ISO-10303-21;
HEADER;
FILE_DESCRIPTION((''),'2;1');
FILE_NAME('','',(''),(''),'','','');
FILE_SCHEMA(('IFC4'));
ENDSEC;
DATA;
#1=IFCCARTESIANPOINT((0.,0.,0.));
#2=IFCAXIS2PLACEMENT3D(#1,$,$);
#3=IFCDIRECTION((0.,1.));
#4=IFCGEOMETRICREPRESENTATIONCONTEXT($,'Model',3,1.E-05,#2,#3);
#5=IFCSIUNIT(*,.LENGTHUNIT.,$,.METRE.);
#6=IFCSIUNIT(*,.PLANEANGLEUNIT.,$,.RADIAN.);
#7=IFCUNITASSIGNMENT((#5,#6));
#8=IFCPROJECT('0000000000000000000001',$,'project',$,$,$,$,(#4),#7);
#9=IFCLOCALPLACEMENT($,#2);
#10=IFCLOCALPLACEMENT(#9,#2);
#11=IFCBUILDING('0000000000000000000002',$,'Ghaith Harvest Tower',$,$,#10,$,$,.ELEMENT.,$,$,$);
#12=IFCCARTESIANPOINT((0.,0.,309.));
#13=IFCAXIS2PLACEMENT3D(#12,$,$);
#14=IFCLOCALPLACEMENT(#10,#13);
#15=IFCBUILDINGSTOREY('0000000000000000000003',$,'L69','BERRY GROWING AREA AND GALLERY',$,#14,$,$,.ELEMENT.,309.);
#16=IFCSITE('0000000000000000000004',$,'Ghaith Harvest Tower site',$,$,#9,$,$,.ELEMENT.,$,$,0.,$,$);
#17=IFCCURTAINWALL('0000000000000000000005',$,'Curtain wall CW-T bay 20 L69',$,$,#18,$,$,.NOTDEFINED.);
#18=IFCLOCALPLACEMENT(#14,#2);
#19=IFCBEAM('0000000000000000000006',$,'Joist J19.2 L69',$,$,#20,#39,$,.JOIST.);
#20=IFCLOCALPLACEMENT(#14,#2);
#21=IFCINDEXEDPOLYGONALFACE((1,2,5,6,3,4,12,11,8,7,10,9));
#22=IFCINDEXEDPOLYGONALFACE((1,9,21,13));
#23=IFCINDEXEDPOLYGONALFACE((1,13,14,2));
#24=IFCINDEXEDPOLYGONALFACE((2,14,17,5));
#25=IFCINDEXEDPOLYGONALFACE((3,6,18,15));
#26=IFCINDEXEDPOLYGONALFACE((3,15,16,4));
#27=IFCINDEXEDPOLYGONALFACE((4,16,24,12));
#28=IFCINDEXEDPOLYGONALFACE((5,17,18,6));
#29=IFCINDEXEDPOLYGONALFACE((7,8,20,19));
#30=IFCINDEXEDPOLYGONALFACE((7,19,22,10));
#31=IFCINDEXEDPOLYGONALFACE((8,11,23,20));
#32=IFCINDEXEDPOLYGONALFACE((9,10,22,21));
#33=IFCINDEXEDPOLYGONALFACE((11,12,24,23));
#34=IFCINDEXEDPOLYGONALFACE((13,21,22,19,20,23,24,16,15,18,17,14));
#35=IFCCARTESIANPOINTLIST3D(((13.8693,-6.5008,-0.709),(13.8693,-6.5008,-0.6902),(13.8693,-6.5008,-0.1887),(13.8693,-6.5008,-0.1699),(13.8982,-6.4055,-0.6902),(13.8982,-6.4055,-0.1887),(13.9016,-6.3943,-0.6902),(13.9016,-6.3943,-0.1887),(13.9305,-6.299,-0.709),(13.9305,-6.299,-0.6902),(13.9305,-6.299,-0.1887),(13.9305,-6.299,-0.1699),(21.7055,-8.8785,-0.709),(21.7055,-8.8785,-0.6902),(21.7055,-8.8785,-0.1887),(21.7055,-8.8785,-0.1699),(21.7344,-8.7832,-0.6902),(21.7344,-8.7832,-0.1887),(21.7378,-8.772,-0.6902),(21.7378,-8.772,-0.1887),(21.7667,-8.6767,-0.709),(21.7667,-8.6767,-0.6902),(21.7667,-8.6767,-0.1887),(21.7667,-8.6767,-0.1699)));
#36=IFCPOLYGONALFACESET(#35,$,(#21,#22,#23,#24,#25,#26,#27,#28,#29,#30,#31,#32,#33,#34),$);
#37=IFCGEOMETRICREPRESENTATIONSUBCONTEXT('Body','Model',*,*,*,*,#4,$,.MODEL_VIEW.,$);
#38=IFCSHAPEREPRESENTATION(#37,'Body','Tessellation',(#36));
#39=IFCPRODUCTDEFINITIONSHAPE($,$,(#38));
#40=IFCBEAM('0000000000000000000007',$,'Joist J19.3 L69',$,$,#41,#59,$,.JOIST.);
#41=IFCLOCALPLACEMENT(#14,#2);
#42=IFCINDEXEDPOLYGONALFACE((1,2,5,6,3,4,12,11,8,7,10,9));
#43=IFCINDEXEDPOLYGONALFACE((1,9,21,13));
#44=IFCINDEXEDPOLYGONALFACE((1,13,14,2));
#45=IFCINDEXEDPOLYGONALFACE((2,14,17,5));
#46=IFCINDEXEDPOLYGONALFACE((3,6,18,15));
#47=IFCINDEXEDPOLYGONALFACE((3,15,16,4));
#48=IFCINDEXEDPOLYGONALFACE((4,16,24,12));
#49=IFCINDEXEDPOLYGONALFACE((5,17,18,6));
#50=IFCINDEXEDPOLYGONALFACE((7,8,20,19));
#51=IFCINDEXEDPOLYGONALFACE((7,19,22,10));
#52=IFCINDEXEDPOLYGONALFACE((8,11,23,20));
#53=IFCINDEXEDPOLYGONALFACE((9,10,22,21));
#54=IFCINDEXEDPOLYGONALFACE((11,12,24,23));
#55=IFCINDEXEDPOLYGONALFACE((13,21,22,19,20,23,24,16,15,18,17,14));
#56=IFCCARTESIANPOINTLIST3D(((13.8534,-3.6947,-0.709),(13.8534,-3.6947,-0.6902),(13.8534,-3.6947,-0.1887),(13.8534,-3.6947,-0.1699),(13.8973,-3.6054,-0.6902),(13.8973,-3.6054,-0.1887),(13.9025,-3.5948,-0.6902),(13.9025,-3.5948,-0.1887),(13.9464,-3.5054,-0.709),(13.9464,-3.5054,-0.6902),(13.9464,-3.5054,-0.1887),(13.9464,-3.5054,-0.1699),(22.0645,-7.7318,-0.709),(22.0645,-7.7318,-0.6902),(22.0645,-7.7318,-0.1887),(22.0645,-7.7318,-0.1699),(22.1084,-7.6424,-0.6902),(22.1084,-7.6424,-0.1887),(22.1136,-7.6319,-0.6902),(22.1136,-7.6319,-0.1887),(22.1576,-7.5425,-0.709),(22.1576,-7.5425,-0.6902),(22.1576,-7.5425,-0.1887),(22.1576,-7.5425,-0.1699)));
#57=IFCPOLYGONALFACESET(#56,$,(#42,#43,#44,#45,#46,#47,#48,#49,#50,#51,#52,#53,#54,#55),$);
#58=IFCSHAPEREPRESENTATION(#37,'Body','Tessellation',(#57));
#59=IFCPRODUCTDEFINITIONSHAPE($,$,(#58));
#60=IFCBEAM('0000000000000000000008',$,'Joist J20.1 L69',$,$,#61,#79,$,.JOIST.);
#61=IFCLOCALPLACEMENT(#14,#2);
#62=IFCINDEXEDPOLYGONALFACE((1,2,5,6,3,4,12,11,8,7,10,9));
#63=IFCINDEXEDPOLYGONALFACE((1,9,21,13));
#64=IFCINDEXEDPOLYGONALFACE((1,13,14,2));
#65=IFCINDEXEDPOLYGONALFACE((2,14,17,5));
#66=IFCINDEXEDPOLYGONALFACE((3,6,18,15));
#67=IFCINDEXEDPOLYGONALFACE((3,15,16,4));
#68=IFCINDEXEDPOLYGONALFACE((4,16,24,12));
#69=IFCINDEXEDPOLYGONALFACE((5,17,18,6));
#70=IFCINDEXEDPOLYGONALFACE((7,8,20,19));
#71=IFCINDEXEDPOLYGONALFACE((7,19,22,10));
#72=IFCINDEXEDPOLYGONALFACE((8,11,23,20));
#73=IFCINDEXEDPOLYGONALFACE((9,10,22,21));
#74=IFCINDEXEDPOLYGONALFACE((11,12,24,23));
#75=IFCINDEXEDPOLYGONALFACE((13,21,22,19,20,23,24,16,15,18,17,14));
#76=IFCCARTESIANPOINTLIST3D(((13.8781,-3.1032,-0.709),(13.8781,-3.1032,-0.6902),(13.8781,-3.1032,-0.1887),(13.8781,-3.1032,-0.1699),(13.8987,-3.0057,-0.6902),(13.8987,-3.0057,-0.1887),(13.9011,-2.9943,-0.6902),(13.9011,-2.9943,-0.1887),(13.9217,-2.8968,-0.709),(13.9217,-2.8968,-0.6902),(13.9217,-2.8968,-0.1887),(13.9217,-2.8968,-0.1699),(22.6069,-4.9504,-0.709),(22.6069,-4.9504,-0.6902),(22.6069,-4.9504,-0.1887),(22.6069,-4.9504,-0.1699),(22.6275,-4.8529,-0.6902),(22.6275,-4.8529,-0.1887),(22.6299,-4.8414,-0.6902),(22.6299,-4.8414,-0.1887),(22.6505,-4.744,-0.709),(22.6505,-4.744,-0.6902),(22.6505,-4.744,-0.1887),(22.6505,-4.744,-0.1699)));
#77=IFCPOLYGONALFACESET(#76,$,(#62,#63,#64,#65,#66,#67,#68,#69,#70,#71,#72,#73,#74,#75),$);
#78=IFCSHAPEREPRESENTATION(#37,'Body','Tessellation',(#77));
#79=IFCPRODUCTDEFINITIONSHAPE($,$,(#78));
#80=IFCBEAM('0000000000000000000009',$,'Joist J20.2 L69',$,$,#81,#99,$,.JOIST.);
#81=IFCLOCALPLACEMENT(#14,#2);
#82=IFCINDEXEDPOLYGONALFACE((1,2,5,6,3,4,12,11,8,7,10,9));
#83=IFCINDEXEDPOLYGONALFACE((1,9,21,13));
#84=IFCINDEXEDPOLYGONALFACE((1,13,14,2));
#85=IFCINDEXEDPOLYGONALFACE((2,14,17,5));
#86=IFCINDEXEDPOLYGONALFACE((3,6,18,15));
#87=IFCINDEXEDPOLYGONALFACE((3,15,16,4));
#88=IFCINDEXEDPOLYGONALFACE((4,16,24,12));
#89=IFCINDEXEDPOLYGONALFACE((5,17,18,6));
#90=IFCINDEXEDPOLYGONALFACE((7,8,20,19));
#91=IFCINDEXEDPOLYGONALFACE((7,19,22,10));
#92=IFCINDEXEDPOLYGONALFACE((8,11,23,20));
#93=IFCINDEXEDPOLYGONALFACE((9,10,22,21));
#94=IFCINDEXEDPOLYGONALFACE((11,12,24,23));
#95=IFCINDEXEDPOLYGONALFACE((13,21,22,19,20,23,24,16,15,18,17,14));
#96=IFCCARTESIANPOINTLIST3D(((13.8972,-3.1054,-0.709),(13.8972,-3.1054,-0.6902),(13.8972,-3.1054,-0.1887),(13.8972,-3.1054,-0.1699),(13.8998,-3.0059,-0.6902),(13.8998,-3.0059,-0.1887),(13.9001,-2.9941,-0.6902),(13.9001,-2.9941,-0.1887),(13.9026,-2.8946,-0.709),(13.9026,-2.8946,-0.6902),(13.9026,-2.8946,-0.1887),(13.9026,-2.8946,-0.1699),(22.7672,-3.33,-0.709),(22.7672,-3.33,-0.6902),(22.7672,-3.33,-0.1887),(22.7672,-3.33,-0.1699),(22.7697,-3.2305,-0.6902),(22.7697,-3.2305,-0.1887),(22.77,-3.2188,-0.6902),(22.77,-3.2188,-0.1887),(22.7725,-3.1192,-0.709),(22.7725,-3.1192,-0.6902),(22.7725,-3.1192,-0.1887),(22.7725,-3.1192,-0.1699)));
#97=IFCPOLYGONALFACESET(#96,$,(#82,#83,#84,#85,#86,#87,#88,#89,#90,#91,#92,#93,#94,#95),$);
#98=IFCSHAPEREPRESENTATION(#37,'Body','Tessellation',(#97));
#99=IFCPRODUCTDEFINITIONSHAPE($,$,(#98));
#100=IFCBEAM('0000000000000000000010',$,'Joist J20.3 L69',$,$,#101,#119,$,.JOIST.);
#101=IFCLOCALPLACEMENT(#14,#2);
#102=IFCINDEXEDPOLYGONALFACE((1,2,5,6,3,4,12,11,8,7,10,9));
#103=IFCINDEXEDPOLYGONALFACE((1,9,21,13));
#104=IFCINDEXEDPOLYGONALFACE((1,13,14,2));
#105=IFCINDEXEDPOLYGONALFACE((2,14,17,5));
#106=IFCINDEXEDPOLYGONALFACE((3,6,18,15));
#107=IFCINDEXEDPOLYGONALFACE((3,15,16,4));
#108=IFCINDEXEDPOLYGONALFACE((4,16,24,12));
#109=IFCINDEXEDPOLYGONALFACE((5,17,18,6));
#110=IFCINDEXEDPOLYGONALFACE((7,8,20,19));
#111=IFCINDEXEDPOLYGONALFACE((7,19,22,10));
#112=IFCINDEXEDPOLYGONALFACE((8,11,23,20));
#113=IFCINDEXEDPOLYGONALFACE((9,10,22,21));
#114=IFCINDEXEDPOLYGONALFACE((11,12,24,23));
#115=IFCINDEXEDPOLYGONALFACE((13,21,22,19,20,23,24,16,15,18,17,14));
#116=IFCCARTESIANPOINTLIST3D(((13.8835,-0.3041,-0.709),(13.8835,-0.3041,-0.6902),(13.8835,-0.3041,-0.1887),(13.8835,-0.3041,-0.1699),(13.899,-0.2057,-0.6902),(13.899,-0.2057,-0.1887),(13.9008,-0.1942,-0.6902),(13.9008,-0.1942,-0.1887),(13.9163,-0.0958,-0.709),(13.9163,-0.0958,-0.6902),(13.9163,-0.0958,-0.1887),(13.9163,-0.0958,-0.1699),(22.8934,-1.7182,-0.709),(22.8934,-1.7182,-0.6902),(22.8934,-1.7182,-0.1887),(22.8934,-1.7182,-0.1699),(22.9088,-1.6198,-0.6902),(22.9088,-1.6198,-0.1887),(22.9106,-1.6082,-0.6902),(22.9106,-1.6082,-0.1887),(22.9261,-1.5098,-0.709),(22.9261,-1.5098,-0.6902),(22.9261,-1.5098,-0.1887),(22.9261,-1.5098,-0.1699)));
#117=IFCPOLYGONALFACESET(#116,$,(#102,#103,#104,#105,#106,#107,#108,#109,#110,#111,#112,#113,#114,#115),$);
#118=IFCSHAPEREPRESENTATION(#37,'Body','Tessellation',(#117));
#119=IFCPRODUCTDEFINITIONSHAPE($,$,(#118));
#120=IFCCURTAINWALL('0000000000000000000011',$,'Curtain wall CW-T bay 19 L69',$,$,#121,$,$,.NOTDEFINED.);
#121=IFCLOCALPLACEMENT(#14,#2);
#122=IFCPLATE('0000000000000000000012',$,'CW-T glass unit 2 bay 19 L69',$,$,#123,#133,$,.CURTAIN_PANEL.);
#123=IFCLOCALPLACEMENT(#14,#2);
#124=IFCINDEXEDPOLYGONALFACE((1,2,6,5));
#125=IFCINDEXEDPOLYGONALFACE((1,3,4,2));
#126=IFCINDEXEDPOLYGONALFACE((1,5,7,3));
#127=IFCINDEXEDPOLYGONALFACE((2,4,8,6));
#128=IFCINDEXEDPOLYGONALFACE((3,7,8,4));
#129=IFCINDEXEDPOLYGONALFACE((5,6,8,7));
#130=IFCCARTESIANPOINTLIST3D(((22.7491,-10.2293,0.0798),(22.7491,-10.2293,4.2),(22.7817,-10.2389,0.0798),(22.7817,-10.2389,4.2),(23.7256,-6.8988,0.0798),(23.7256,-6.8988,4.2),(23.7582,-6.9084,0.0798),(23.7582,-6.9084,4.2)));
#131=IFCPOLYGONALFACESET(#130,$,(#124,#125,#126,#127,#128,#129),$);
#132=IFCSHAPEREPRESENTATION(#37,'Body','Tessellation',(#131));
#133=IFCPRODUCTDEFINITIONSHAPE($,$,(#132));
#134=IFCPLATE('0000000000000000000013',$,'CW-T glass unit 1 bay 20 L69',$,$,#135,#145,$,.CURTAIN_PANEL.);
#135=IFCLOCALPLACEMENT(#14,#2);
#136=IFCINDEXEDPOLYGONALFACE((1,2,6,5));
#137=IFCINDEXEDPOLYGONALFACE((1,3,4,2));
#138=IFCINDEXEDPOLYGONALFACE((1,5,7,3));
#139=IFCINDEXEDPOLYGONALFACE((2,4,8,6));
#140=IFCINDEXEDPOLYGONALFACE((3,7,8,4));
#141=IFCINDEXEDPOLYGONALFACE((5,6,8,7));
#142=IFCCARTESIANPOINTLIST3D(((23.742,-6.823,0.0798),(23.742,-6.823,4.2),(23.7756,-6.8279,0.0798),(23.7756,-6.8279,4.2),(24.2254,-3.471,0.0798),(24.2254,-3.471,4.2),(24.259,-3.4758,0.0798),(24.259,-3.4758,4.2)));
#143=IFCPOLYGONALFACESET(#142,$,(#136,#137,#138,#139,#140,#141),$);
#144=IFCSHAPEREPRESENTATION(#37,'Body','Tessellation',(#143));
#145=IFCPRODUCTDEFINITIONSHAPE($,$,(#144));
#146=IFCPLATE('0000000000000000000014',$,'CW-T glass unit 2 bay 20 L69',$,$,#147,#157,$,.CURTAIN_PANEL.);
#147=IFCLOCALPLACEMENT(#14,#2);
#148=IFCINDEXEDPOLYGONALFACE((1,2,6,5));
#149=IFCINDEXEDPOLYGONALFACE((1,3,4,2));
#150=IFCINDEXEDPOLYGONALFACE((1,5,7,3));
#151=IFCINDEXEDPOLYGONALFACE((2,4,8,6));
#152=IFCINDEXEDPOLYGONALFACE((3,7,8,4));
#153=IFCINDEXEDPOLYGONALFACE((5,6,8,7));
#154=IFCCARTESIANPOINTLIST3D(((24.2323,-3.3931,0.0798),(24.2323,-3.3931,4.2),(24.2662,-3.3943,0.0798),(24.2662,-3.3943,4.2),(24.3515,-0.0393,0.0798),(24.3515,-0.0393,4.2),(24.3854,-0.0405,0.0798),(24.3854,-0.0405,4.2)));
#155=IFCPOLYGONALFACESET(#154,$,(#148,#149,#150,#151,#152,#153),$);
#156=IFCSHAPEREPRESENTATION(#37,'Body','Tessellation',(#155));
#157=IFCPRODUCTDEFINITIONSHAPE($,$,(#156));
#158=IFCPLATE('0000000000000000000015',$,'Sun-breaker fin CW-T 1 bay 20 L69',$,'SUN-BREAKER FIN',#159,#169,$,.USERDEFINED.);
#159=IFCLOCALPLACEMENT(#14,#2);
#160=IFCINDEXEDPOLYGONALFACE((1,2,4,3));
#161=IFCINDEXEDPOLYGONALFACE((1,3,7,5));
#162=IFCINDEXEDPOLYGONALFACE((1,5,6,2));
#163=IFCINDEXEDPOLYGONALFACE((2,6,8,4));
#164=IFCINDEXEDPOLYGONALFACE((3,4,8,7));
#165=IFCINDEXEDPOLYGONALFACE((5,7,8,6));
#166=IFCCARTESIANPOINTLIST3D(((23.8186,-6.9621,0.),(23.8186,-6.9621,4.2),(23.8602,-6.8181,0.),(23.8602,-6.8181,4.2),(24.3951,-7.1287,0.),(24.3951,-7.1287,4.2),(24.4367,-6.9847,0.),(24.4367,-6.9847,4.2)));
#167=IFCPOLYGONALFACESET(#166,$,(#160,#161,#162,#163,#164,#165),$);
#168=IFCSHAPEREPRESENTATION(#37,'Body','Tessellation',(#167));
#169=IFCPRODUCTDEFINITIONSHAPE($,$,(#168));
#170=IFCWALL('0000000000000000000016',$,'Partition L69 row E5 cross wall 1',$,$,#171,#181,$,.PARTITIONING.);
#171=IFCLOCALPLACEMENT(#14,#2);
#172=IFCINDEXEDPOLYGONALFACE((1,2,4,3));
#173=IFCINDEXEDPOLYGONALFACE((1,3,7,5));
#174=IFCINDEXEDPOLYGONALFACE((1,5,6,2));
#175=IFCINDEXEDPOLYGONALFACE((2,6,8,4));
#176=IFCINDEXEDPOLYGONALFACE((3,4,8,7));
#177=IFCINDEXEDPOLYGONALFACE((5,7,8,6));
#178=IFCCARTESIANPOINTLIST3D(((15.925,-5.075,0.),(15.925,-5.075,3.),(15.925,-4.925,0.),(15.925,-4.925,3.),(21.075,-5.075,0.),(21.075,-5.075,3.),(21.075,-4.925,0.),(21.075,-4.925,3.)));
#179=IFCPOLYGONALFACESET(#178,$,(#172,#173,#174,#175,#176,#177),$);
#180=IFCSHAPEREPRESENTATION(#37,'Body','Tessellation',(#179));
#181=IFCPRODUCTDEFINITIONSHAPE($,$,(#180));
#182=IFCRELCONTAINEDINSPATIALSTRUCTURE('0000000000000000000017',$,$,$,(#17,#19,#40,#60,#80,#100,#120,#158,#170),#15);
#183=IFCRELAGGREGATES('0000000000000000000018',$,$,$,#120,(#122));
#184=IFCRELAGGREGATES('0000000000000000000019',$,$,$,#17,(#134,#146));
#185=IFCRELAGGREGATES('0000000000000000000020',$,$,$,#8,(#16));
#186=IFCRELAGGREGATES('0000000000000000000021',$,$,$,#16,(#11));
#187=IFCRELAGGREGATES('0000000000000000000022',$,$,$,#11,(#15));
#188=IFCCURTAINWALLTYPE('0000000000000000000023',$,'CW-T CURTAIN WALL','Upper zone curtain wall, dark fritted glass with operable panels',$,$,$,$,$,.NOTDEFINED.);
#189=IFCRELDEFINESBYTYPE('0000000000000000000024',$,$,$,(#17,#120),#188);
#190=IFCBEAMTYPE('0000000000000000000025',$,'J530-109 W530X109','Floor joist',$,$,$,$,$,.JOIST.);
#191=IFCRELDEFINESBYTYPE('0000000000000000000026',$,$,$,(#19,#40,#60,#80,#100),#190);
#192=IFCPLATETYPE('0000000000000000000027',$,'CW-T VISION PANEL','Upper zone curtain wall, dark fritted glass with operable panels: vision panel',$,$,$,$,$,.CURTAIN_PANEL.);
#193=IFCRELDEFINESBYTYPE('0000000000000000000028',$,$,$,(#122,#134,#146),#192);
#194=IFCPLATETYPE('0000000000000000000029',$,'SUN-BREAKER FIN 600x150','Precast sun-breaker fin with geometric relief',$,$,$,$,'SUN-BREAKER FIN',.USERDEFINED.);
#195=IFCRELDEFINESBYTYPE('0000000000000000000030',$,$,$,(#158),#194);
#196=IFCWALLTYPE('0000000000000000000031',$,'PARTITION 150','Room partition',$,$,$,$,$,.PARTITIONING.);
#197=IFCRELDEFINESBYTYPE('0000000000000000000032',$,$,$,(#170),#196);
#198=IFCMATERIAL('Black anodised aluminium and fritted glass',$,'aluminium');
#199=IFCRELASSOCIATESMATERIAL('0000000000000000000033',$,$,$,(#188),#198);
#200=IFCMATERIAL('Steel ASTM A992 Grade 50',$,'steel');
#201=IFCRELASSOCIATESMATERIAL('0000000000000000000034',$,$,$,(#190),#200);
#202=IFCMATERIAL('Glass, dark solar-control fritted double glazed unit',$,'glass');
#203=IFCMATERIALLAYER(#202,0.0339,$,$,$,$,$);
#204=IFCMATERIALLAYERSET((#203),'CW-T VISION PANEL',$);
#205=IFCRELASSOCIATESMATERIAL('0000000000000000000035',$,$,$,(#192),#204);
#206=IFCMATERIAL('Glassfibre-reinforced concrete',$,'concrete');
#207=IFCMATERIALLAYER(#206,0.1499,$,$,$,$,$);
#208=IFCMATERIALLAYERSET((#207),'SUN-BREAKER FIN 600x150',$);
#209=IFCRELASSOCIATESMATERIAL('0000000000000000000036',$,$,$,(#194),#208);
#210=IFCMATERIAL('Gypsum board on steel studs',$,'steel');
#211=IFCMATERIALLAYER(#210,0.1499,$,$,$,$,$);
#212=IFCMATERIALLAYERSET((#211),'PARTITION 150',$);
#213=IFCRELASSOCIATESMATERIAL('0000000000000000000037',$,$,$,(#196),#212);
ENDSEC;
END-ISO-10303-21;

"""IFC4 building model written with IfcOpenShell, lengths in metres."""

from ifc_helpers import new_model, si_unit, direction, frame, frame_2d, origin, origin_2d, place, context, subcontext, project, spatial, rectangle, i_section, extrude, material, layer, layer_set, material_profile, profile_set, type_object, element, aggregate, save


model = new_model("IFC4")

# Units and contexts
model_context = context("Model", 3, precision=1e-05, world=origin(), true_north=direction((0.0, 1.0)))
body_context = subcontext(model_context, "Body", "Model", "MODEL_VIEW")
ifc_project = project(units=[si_unit("LENGTHUNIT", "METRE"), si_unit("PLANEANGLEUNIT", "RADIAN")], contexts=[model_context])

# Site, building, storey
site_placement = place(None, origin())
site = spatial("IfcSite", under=ifc_project, at=site_placement, Name="Ghaith Harvest Tower site", CompositionType="ELEMENT", RefElevation=0.0)
building_placement = place(site_placement, origin())
building = spatial("IfcBuilding", under=site, at=building_placement, Name="Ghaith Harvest Tower", CompositionType="ELEMENT")
storey_placement = place(building_placement, frame((0.0, 0.0, 309.0)))
storey = spatial("IfcBuildingStorey", under=building, at=storey_placement, Name="L69", Description="BERRY GROWING AREA AND GALLERY", CompositionType="ELEMENT", Elevation=309.0)

# Curtain wall
ifc_material_1 = material(Name="Black anodised aluminium and fritted glass", Category="aluminium")
curtain_wall_type = type_object("IfcCurtainWallType", Name="CW-T CURTAIN WALL", Description="Upper zone curtain wall, dark fritted glass with operable panels", PredefinedType="NOTDEFINED", material=ifc_material_1)
curtain_wall_1_placement = place(storey_placement, origin())
curtain_wall_1 = element("IfcCurtainWall", 1, at=curtain_wall_1_placement, inside=storey, type_object=curtain_wall_type, Name="Curtain wall CW-T bay 20 L69", PredefinedType="NOTDEFINED")

# Beams
ifc_material_2 = material(Name="Steel ASTM A992 Grade 50", Category="steel")
ifc_material_profile_1 = material_profile(ifc_material_2, i_section(OverallWidth=0.2109, OverallDepth=0.5391, WebThickness=0.0117, FlangeThickness=0.0188, at=origin_2d()), Name="W530X109")
ifc_profile_set_1 = profile_set([ifc_material_profile_1], Name="Steel ASTM A992 Grade 50")
beam_type_1 = type_object("IfcBeamType", Name="J530-109 W530X109", Description="Floor joist", PredefinedType="JOIST", material=ifc_profile_set_1)
beam_1_placement = place(storey_placement, frame((13.8999, -6.3999, -0.4395), z_axis=(0.95692, -0.290352, 0.0), x_axis=(0.290352, 0.95692, 0.0)))
element("IfcBeam", 2, at=beam_1_placement, inside=storey, type_object=beam_type_1, Name="Joist J19.2 L69", PredefinedType="JOIST", context=body_context, shape_type="SweptSolid", body=[
    extrude(i_section(OverallWidth=0.2109, OverallDepth=0.5391, WebThickness=0.0117, FlangeThickness=0.0188, at=origin_2d()), origin(), (0.0, 0.0, 1.0), 8.189),
])
beam_2_placement = place(storey_placement, frame((13.8999, -3.6001, -0.4395), z_axis=(0.897401, -0.441216, 0.0), x_axis=(0.441216, 0.897401, 0.0)))
element("IfcBeam", 3, at=beam_2_placement, inside=storey, type_object=beam_type_1, Name="Joist J19.3 L69", PredefinedType="JOIST", context=body_context, shape_type="SweptSolid", body=[
    extrude(i_section(OverallWidth=0.2109, OverallDepth=0.5391, WebThickness=0.0117, FlangeThickness=0.0188, at=origin_2d()), origin(), (0.0, 0.0, 1.0), 9.1499),
])
beam_3_placement = place(storey_placement, frame((13.8999, -3.0, -0.4395), z_axis=(0.978334, -0.207034, 0.0), x_axis=(0.207034, 0.978334, 0.0)))
element("IfcBeam", 4, at=beam_3_placement, inside=storey, type_object=beam_type_1, Name="Joist J20.1 L69", PredefinedType="JOIST", context=body_context, shape_type="SweptSolid", body=[
    extrude(i_section(OverallWidth=0.2109, OverallDepth=0.5391, WebThickness=0.0117, FlangeThickness=0.0188, at=origin_2d()), origin(), (0.0, 0.0, 1.0), 8.9221),
])
beam_4_placement = place(storey_placement, frame((13.8999, -3.0, -0.4395), z_axis=(0.99968, -0.025315, 0.0), x_axis=(0.025315, 0.99968, 0.0)))
element("IfcBeam", 5, at=beam_4_placement, inside=storey, type_object=beam_type_1, Name="Joist J20.2 L69", PredefinedType="JOIST", context=body_context, shape_type="SweptSolid", body=[
    extrude(i_section(OverallWidth=0.2109, OverallDepth=0.5391, WebThickness=0.0117, FlangeThickness=0.0188, at=origin_2d()), origin(), (0.0, 0.0, 1.0), 8.8728),
])
beam_5_placement = place(storey_placement, frame((13.8999, -0.2, -0.4395), z_axis=(0.987907, -0.15505, 0.0), x_axis=(0.15505, 0.987907, 0.0)))
element("IfcBeam", 6, at=beam_5_placement, inside=storey, type_object=beam_type_1, Name="Joist J20.3 L69", PredefinedType="JOIST", context=body_context, shape_type="SweptSolid", body=[
    extrude(i_section(OverallWidth=0.2109, OverallDepth=0.5391, WebThickness=0.0117, FlangeThickness=0.0188, at=origin_2d()), origin(), (0.0, 0.0, 1.0), 9.1201),
])

# Curtain wall, plate
curtain_wall_2_placement = place(storey_placement, origin())
curtain_wall_2 = element("IfcCurtainWall", 7, at=curtain_wall_2_placement, inside=storey, type_object=curtain_wall_type, Name="Curtain wall CW-T bay 19 L69", PredefinedType="NOTDEFINED")
ifc_material_3 = material(Name="Glass, dark solar-control fritted double glazed unit", Category="glass")
ifc_layer_1 = layer(ifc_material_3, 0.0339)
ifc_layer_set_1 = layer_set([ifc_layer_1], Name="CW-T VISION PANEL")
plate_type_1 = type_object("IfcPlateType", Name="CW-T VISION PANEL", Description="Upper zone curtain wall, dark fritted glass with operable panels: vision panel", PredefinedType="CURTAIN_PANEL", material=ifc_layer_set_1)
plate_1_placement = place(storey_placement, frame((23.2537, -8.5688, 0.0798), z_axis=(0.0, 0.0, 1.0), x_axis=(0.281345, 0.959607, 0.0)))
plate_1 = element("IfcPlate", 8, at=plate_1_placement, type_object=plate_type_1, Name="CW-T glass unit 2 bay 19 L69", PredefinedType="CURTAIN_PANEL", context=body_context, shape_type="SweptSolid", body=[
    extrude(rectangle(XDim=3.4707, YDim=0.0339, at=origin_2d()), origin(), (0.0, 0.0, 1.0), 4.1201),
])
aggregate(curtain_wall_2, [plate_1])

# Plates
plate_2_placement = place(storey_placement, frame((24.0005, -5.1494, 0.0798), z_axis=(0.0, 0.0, 1.0), x_axis=(0.14273, 0.989762, 0.0)))
plate_2 = element("IfcPlate", 9, at=plate_2_placement, type_object=plate_type_1, Name="CW-T glass unit 1 bay 20 L69", PredefinedType="CURTAIN_PANEL", context=body_context, shape_type="SweptSolid", body=[
    extrude(rectangle(XDim=3.3867, YDim=0.0339, at=origin_2d()), origin(), (0.0, 0.0, 1.0), 4.1201),
])
plate_3_placement = place(storey_placement, frame((24.3088, -1.7168, 0.0798), z_axis=(0.0, 0.0, 1.0), x_axis=(0.035536, 0.999368, 0.0)))
plate_3 = element("IfcPlate", 10, at=plate_3_placement, type_object=plate_type_1, Name="CW-T glass unit 2 bay 20 L69", PredefinedType="CURTAIN_PANEL", context=body_context, shape_type="SweptSolid", body=[
    extrude(rectangle(XDim=3.356, YDim=0.0339, at=origin_2d()), origin(), (0.0, 0.0, 1.0), 4.1201),
])
aggregate(curtain_wall_1, [plate_2, plate_3])
ifc_material_4 = material(Name="Glassfibre-reinforced concrete", Category="concrete")
ifc_layer_2 = layer(ifc_material_4, 0.1499)
ifc_layer_set_2 = layer_set([ifc_layer_2], Name="SUN-BREAKER FIN 600x150")
plate_type_2 = type_object("IfcPlateType", Name="SUN-BREAKER FIN 600x150", Description="Precast sun-breaker fin with geometric relief", ElementType="SUN-BREAKER FIN", PredefinedType="USERDEFINED", material=ifc_layer_set_2)
plate_4_placement = place(storey_placement, frame((24.1277, -6.9734, 0.0), z_axis=(0.0, 0.0, 1.0), x_axis=(0.96068, -0.277657, 0.0)))
element("IfcPlate", 11, at=plate_4_placement, inside=storey, type_object=plate_type_2, Name="Sun-breaker fin CW-T 1 bay 20 L69", ObjectType="SUN-BREAKER FIN", PredefinedType="USERDEFINED", context=body_context, shape_type="SweptSolid", body=[
    extrude(rectangle(XDim=0.6001, YDim=0.1499, at=origin_2d()), origin(), (0.0, 0.0, 1.0), 4.2),
])

# Wall
ifc_material_5 = material(Name="Gypsum board on steel studs", Category="steel")
ifc_layer_3 = layer(ifc_material_5, 0.1499)
ifc_layer_set_3 = layer_set([ifc_layer_3], Name="PARTITION 150")
wall_type_1 = type_object("IfcWallType", Name="PARTITION 150", Description="Room partition", PredefinedType="PARTITIONING", material=ifc_layer_set_3)
wall_1_placement = place(storey_placement, frame((15.925, -5.0, 0.0), z_axis=(0.0, 0.0, 1.0), x_axis=(1.0, 0.0, 0.0)))
element("IfcWall", 12, at=wall_1_placement, inside=storey, type_object=wall_type_1, Name="Partition L69 row E5 cross wall 1", PredefinedType="PARTITIONING", context=body_context, shape_type="SweptSolid", body=[
    extrude(rectangle(XDim=5.1499, YDim=0.1499, at=frame_2d((2.575, 0.0))), origin(), (0.0, 0.0, 1.0), 3.0),
])

save(model, "model.ifc")
